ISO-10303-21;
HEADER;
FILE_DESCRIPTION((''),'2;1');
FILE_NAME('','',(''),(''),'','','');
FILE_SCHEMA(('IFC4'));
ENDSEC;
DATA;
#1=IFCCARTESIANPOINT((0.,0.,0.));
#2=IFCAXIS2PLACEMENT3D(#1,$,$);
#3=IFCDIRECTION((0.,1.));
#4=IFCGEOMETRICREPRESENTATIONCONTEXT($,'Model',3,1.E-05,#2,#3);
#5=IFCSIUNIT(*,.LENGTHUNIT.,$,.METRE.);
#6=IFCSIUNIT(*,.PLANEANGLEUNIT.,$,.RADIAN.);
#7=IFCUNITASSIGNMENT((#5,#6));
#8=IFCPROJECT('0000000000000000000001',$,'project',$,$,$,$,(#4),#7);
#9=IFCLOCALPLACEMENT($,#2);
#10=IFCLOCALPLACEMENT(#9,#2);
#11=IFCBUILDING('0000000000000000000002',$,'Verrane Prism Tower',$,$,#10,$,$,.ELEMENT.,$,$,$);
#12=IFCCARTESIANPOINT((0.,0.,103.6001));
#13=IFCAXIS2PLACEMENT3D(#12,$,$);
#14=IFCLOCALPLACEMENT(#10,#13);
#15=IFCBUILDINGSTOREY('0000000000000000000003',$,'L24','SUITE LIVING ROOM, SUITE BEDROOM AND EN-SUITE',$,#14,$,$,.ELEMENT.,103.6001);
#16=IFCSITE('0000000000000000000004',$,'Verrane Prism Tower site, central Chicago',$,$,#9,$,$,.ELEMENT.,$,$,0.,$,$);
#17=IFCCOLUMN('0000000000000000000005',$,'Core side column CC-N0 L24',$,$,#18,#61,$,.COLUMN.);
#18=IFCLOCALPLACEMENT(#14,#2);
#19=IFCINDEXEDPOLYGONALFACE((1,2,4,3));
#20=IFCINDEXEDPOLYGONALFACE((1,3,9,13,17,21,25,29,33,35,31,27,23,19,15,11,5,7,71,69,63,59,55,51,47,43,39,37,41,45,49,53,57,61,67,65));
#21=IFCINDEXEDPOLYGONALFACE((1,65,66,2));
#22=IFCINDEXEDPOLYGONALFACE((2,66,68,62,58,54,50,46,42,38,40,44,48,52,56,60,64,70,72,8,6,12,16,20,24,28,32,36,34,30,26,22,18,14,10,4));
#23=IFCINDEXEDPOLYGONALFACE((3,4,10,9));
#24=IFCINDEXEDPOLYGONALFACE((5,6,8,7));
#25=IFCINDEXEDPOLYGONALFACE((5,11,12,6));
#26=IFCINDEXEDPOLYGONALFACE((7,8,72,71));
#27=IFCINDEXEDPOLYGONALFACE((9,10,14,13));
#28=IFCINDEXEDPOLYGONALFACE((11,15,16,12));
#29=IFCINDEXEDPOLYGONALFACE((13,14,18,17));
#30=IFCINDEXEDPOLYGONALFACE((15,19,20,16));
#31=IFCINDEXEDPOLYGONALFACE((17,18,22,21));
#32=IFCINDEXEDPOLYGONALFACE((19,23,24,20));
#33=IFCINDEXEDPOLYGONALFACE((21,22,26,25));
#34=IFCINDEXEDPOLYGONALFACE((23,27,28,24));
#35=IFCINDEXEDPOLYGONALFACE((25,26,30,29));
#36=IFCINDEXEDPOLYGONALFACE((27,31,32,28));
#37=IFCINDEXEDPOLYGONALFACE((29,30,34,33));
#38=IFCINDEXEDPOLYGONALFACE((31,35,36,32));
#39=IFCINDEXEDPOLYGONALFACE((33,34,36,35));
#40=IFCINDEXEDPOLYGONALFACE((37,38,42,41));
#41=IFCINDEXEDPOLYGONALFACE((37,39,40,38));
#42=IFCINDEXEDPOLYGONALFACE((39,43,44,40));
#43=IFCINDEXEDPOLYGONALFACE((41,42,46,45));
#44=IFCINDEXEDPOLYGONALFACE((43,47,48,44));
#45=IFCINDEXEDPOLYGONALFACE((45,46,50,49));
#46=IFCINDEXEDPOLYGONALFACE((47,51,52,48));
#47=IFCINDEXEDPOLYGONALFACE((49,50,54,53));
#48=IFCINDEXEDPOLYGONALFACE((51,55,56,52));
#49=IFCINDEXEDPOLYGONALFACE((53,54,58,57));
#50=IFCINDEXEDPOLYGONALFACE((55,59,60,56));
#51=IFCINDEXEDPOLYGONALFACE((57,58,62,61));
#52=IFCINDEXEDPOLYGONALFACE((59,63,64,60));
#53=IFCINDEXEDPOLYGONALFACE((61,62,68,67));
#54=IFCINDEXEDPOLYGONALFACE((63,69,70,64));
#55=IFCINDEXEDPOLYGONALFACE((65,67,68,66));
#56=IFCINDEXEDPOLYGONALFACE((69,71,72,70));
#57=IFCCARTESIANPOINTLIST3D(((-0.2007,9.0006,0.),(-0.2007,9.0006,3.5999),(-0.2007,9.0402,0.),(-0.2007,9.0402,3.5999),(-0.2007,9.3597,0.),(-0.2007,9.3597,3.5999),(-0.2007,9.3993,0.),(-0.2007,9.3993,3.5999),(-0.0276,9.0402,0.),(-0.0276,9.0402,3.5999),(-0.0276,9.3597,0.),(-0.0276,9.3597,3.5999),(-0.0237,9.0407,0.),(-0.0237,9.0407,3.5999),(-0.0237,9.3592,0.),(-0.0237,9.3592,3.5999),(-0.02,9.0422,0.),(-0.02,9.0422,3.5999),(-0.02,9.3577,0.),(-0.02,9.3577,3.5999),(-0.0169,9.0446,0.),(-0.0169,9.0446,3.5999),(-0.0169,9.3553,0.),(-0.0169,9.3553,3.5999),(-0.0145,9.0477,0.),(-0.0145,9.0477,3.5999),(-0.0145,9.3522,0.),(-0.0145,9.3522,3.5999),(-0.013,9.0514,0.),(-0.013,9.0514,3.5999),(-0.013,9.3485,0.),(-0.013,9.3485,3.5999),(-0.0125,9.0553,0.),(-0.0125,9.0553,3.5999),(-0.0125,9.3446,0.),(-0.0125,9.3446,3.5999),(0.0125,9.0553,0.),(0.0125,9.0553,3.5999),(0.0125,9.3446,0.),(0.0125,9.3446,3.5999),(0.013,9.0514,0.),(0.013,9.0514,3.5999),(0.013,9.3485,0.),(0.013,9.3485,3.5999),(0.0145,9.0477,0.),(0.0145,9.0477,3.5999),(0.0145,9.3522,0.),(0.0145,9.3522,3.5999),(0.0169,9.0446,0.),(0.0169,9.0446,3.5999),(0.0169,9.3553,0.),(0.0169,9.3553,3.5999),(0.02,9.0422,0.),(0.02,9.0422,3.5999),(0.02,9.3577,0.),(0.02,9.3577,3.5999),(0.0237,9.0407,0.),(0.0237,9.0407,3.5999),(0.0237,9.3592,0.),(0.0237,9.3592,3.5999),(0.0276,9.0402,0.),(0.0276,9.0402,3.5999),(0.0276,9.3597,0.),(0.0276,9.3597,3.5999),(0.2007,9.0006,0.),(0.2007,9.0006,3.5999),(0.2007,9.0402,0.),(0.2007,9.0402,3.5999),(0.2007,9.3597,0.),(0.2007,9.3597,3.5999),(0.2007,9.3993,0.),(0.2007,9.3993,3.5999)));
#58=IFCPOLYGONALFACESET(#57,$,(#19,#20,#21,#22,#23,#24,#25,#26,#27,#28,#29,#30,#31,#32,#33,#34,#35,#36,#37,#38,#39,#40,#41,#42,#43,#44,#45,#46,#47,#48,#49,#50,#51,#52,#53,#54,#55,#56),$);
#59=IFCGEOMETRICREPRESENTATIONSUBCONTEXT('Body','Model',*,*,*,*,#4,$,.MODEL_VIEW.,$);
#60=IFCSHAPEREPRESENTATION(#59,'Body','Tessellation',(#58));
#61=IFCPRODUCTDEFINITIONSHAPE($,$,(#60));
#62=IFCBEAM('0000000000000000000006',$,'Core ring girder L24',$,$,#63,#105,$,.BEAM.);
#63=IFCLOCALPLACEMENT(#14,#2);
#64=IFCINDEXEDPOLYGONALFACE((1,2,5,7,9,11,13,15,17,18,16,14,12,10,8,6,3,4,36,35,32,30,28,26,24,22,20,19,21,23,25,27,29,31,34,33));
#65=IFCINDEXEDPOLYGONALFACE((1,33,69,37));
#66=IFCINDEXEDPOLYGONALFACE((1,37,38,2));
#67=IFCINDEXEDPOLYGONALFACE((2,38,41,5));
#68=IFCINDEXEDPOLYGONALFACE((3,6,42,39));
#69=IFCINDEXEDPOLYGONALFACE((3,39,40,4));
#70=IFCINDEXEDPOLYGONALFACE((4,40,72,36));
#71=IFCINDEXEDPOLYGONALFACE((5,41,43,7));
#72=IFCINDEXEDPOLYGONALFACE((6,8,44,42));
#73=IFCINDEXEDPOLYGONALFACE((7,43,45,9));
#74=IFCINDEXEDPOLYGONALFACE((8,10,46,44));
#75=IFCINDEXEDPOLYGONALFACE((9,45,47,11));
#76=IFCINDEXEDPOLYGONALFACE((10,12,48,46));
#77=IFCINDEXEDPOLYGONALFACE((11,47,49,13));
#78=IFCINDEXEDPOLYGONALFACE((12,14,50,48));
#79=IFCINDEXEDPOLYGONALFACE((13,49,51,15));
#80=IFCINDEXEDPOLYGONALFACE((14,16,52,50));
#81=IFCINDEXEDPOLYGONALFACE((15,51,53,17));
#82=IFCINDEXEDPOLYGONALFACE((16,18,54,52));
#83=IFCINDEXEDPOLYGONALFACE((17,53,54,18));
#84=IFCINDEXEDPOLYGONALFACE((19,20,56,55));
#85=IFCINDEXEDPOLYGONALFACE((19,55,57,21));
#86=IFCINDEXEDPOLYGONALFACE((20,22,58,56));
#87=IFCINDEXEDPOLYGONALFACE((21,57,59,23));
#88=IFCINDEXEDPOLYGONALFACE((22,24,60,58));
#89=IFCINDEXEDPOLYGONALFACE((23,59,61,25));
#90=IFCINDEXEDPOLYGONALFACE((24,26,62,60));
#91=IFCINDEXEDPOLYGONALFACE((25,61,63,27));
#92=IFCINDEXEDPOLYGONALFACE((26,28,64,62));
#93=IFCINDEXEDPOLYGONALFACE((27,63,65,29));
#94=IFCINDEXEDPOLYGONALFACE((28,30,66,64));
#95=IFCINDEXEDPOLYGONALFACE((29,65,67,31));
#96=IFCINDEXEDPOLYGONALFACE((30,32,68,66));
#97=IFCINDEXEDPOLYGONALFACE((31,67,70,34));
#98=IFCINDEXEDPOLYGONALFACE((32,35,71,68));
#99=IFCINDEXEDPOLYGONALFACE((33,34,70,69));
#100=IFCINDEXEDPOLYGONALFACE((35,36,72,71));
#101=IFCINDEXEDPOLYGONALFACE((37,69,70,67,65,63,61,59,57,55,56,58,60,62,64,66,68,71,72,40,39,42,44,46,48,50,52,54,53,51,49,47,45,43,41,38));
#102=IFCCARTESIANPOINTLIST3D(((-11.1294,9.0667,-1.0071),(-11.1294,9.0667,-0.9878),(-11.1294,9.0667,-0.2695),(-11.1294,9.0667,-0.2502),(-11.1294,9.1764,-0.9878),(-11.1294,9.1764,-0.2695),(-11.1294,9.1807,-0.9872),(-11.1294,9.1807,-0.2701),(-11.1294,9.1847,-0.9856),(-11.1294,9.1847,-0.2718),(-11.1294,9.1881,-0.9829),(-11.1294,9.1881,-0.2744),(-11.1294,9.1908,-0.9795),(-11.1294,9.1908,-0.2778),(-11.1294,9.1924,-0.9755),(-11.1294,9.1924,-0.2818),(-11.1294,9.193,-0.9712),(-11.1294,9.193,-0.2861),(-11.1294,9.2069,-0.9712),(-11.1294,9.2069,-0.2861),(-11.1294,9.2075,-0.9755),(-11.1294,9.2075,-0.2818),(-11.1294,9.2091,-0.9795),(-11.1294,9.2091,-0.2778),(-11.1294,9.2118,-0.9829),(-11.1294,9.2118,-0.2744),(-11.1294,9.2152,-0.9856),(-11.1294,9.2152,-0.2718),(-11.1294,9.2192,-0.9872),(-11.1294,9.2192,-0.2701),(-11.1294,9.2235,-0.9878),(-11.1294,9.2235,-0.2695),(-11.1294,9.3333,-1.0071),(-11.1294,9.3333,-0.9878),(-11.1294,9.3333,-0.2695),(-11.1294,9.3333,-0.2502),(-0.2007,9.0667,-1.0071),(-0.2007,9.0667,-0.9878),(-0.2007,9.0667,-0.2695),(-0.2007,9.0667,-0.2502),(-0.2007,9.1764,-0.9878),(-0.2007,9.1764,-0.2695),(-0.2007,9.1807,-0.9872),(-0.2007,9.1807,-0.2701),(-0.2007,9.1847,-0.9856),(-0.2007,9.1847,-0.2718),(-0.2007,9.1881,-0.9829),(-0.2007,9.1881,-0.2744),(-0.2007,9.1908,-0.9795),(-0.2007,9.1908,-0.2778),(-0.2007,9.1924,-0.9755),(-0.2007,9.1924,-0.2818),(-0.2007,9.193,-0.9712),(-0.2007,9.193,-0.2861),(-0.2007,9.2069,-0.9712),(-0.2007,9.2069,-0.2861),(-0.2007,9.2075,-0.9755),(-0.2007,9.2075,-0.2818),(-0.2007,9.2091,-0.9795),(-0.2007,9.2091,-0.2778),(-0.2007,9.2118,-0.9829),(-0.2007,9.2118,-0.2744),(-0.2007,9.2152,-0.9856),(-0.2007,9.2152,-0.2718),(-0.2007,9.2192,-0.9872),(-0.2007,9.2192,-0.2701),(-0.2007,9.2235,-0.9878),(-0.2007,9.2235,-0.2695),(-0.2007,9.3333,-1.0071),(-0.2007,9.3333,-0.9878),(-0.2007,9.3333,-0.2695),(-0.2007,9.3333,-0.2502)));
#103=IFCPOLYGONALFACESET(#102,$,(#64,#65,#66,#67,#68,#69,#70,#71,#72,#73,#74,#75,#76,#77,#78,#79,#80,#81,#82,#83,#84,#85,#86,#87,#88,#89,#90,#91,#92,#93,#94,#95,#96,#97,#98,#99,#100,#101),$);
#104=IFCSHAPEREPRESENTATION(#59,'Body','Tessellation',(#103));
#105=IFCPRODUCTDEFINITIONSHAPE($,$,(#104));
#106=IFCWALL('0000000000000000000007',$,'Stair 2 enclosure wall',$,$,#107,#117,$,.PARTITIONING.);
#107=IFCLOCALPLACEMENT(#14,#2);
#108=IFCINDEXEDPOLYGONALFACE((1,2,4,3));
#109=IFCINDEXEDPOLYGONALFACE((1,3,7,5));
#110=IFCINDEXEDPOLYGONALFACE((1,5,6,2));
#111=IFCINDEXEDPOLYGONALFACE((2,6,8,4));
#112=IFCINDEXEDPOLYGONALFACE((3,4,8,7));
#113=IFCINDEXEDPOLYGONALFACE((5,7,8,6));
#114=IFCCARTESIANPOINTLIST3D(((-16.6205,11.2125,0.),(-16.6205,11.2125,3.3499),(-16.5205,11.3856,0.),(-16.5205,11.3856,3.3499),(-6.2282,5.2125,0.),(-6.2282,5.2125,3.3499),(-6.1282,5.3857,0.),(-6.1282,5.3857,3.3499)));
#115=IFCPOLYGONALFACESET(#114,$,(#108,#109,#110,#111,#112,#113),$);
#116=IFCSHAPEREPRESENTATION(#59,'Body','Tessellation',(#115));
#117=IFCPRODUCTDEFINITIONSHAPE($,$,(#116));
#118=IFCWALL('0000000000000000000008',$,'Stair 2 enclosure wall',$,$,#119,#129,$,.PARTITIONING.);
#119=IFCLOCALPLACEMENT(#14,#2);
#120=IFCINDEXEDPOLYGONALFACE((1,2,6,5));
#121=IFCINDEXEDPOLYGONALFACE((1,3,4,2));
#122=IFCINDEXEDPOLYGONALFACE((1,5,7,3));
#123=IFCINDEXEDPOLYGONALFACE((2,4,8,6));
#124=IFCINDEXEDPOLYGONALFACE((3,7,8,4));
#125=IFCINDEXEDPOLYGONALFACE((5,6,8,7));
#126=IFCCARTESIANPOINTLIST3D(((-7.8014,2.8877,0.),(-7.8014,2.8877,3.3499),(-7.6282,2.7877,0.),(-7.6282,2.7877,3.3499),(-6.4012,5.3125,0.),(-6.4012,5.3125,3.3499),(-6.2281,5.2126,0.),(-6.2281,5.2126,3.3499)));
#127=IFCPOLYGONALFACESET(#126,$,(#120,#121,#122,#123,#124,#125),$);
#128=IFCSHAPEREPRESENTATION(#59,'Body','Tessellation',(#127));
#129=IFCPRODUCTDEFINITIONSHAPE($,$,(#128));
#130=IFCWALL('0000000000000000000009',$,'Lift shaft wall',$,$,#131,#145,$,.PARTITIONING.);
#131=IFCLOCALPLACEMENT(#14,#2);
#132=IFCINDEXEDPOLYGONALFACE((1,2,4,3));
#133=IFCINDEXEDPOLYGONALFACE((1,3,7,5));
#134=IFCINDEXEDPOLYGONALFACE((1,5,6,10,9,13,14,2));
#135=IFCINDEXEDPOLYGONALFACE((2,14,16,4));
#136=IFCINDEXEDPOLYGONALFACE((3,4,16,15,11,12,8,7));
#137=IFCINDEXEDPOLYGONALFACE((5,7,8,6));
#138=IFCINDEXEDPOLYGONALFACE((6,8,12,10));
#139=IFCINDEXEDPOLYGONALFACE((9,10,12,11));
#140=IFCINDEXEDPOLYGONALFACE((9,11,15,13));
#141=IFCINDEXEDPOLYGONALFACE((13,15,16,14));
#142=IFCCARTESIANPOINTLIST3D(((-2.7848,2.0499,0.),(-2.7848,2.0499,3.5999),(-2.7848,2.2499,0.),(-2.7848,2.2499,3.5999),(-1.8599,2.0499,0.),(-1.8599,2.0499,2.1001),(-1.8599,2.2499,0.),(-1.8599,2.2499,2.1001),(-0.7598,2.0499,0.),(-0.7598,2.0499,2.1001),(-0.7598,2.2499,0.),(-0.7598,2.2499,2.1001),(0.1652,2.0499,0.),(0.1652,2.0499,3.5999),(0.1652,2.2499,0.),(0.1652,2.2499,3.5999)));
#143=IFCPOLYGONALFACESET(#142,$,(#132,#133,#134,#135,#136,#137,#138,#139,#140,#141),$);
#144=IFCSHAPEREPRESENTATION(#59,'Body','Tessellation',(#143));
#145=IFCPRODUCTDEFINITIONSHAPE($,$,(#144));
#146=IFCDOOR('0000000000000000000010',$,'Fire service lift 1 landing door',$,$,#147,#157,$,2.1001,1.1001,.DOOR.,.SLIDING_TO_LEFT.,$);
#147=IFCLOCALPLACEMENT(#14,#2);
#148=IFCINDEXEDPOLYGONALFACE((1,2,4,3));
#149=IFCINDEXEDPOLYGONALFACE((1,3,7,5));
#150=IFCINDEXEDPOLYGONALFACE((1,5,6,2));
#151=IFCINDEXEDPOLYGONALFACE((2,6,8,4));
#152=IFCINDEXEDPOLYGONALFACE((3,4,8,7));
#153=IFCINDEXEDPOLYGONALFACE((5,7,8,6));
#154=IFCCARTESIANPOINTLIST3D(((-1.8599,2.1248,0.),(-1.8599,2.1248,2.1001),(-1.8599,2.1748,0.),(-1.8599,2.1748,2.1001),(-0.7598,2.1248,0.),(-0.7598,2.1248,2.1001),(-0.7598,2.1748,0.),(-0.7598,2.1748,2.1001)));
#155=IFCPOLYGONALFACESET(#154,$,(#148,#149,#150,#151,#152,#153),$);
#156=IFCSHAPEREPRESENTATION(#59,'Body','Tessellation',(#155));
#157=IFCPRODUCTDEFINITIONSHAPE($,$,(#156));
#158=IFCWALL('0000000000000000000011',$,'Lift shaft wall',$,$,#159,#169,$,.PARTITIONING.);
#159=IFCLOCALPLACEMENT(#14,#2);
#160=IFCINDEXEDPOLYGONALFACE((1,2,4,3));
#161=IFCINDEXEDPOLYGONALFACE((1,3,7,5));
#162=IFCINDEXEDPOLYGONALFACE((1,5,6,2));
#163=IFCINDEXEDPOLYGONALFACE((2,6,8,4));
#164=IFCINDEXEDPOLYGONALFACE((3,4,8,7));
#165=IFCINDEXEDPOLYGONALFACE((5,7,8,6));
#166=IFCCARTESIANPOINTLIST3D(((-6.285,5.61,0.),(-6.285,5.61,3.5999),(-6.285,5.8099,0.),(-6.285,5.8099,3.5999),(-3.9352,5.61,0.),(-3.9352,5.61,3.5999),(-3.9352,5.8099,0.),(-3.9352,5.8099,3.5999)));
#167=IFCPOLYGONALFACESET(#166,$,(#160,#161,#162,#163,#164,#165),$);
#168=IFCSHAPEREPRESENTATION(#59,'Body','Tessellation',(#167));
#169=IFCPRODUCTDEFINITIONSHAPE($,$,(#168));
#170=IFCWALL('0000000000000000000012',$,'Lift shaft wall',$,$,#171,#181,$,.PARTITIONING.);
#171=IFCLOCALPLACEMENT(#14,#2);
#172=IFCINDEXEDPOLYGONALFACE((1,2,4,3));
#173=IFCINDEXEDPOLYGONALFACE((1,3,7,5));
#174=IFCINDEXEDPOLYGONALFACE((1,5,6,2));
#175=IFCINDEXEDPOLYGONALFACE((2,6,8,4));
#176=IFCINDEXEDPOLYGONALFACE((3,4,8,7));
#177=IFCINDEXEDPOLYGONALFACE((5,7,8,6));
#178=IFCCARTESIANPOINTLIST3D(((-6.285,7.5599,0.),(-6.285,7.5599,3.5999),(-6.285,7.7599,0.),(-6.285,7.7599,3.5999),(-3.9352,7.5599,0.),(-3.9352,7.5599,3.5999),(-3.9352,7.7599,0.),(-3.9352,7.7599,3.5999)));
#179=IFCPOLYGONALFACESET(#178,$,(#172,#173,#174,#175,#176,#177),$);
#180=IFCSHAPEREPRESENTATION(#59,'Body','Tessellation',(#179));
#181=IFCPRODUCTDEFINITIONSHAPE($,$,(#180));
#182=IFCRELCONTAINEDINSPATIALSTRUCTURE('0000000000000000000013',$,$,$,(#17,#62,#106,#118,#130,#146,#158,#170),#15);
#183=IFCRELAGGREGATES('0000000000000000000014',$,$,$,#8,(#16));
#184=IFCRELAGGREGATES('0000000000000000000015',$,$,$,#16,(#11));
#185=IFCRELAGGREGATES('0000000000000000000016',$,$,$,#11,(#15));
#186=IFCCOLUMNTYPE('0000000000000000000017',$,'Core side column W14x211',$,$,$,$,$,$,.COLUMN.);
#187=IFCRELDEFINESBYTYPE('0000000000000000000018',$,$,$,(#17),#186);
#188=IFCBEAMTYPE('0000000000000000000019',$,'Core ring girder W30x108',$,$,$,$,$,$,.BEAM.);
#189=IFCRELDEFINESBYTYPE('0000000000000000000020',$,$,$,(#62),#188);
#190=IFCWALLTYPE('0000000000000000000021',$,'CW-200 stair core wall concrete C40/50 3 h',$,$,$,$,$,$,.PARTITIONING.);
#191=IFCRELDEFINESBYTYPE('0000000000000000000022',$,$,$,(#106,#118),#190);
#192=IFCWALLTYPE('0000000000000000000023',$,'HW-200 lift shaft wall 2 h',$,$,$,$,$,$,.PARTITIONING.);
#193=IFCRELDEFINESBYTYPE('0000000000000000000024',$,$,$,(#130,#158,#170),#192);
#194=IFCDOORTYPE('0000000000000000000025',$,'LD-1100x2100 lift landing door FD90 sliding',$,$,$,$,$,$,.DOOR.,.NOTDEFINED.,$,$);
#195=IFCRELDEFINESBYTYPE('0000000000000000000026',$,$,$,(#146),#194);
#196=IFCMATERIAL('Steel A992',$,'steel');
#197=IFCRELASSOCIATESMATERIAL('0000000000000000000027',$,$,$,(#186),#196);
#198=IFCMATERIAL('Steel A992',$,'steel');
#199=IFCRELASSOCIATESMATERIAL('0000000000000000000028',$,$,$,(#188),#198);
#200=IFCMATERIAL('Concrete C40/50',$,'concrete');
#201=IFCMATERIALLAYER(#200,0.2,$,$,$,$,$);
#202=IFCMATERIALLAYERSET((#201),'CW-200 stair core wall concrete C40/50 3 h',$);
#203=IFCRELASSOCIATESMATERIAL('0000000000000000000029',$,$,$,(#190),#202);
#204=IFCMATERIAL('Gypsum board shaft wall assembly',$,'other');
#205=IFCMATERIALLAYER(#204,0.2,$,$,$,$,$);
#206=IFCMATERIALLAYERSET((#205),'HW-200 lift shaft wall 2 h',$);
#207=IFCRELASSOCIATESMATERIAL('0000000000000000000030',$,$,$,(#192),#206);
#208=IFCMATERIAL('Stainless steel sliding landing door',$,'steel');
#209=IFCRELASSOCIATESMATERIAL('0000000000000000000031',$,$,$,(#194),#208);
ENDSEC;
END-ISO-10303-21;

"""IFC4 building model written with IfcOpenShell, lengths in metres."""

from ifc_helpers import new_model, si_unit, direction, frame, frame_2d, origin, origin_2d, place, context, subcontext, project, spatial, rectangle, i_section, extrude, material, layer, layer_set, material_profile, profile_set, type_object, element, fill, save


model = new_model("IFC4")

# Units and contexts
model_context = context("Model", 3, precision=1e-05, world=origin(), true_north=direction((0.0, 1.0)))
body_context = subcontext(model_context, "Body", "Model", "MODEL_VIEW")
ifc_project = project(units=[si_unit("LENGTHUNIT", "METRE"), si_unit("PLANEANGLEUNIT", "RADIAN")], contexts=[model_context])

# Site, building, storey
site_placement = place(None, origin())
site = spatial("IfcSite", under=ifc_project, at=site_placement, Name="Verrane Prism Tower site, central Chicago", CompositionType="ELEMENT", RefElevation=0.0)
building_placement = place(site_placement, origin())
building = spatial("IfcBuilding", under=site, at=building_placement, Name="Verrane Prism Tower", CompositionType="ELEMENT")
storey_placement = place(building_placement, frame((0.0, 0.0, 103.6001)))
storey = spatial("IfcBuildingStorey", under=building, at=storey_placement, Name="L24", Description="SUITE LIVING ROOM, SUITE BEDROOM AND EN-SUITE", CompositionType="ELEMENT", Elevation=103.6001)

# Column
ifc_material_1 = material(Name="Steel A992", Category="steel")
ifc_material_profile_1 = material_profile(ifc_material_1, i_section(OverallWidth=0.4014, OverallDepth=0.3987, WebThickness=0.0249, FlangeThickness=0.0396, FilletRadius=0.0151, at=origin_2d()), Name="W14x211")
ifc_profile_set_1 = profile_set([ifc_material_profile_1], Name="Steel A992")
column_type = type_object("IfcColumnType", Name="Core side column W14x211", PredefinedType="COLUMN", material=ifc_profile_set_1)
column_placement = place(storey_placement, frame((0.0, 9.2, 0.0), z_axis=(0.0, 0.0, 1.0), x_axis=(1.0, 0.0, 0.0)))
element("IfcColumn", 1, at=column_placement, inside=storey, type_object=column_type, Name="Core side column CC-N0 L24", PredefinedType="COLUMN", context=body_context, shape_type="SweptSolid", body=[
    extrude(i_section(OverallWidth=0.4014, OverallDepth=0.3987, WebThickness=0.0249, FlangeThickness=0.0396, FilletRadius=0.0151, at=origin_2d()), origin(), (0.0, 0.0, 1.0), 3.5999),
])

# Beam
ifc_material_2 = material(Name="Steel A992", Category="steel")
ifc_material_profile_2 = material_profile(ifc_material_2, i_section(OverallWidth=0.2666, OverallDepth=0.7568, WebThickness=0.0139, FlangeThickness=0.0193, FilletRadius=0.0166, at=origin_2d()), Name="W30x108")
ifc_profile_set_2 = profile_set([ifc_material_profile_2], Name="Steel A992")
beam_type = type_object("IfcBeamType", Name="Core ring girder W30x108", PredefinedType="BEAM", material=ifc_profile_set_2)
beam_placement = place(storey_placement, frame((-0.2007, 9.2, -0.6287), z_axis=(-1.0, 0.0, 0.0), x_axis=(0.0, -1.0, 0.0)))
element("IfcBeam", 2, at=beam_placement, inside=storey, type_object=beam_type, Name="Core ring girder L24", PredefinedType="BEAM", context=body_context, shape_type="SweptSolid", body=[
    extrude(i_section(OverallWidth=0.2666, OverallDepth=0.7568, WebThickness=0.0139, FlangeThickness=0.0193, FilletRadius=0.0166, at=origin_2d()), origin(), (0.0, 0.0, 1.0), 10.9287),
])

# Walls
ifc_material_3 = material(Name="Concrete C40/50", Category="concrete")
ifc_layer_1 = layer(ifc_material_3, 0.2)
ifc_layer_set_1 = layer_set([ifc_layer_1], Name="CW-200 stair core wall concrete C40/50 3 h")
wall_type_1 = type_object("IfcWallType", Name="CW-200 stair core wall concrete C40/50 3 h", PredefinedType="PARTITIONING", material=ifc_layer_set_1)
wall_1_placement = place(storey_placement, frame((-6.1782, 5.2991, 0.0), z_axis=(0.0, 0.0, 1.0), x_axis=(-0.866026, 0.499999, 0.0)))
element("IfcWall", 3, at=wall_1_placement, inside=storey, type_object=wall_type_1, Name="Stair 2 enclosure wall", PredefinedType="PARTITIONING", context=body_context, shape_type="SweptSolid", body=[
    extrude(rectangle(XDim=12.0, YDim=0.2, at=frame_2d((6.0, 0.0))), origin(), (0.0, 0.0, 1.0), 3.3499),
])
wall_2_placement = place(storey_placement, frame((-6.3147, 5.2625, 0.0), z_axis=(0.0, 0.0, 1.0), x_axis=(-0.50005, -0.865997, 0.0)))
element("IfcWall", 4, at=wall_2_placement, inside=storey, type_object=wall_type_1, Name="Stair 2 enclosure wall", PredefinedType="PARTITIONING", context=body_context, shape_type="SweptSolid", body=[
    extrude(rectangle(XDim=2.8, YDim=0.2, at=frame_2d((1.3999, 0.0))), origin(), (0.0, 0.0, 1.0), 3.3499),
])

# Wall, opening, door
ifc_material_4 = material(Name="Gypsum board shaft wall assembly", Category="other")
ifc_layer_2 = layer(ifc_material_4, 0.2)
ifc_layer_set_2 = layer_set([ifc_layer_2], Name="HW-200 lift shaft wall 2 h")
wall_type_2 = type_object("IfcWallType", Name="HW-200 lift shaft wall 2 h", PredefinedType="PARTITIONING", material=ifc_layer_set_2)
wall_3_placement = place(storey_placement, frame((-2.7849, 2.1499, 0.0), z_axis=(0.0, 0.0, 1.0), x_axis=(1.0, 0.0, 0.0)))
wall_3 = element("IfcWall", 5, at=wall_3_placement, inside=storey, type_object=wall_type_2, Name="Lift shaft wall", PredefinedType="PARTITIONING", context=body_context, shape_type="SweptSolid", body=[
    extrude(rectangle(XDim=2.95, YDim=0.2, at=frame_2d((1.4751, 0.0))), origin(), (0.0, 0.0, 1.0), 3.5999),
])
opening_1_placement = place(wall_3_placement, frame((0.925, 0.0, 0.0)))
opening_1 = element("IfcOpeningElement", 6, at=opening_1_placement, cuts=wall_3, PredefinedType="OPENING", context=body_context, shape_type="SweptSolid", body=[
    extrude(rectangle(XDim=1.1001, YDim=2.1001, at=frame_2d((0.55, 1.05))), frame((0.0, 0.1099, 0.0), z_axis=(0.0, -1.0, 0.0), x_axis=(1.0, 0.0, 0.0)), (0.0, 0.0, 1.0), 0.22),
])
ifc_material_5 = material(Name="Stainless steel sliding landing door", Category="steel")
door_type_1 = type_object("IfcDoorType", Name="LD-1100x2100 lift landing door FD90 sliding", OperationType="NOTDEFINED", PredefinedType="DOOR", material=ifc_material_5)
door_1_placement = place(opening_1_placement, origin())
door_1 = element("IfcDoor", 7, at=door_1_placement, inside=storey, type_object=door_type_1, Name="Fire service lift 1 landing door", OperationType="SLIDING_TO_LEFT", OverallHeight=2.1001, OverallWidth=1.1001, PredefinedType="DOOR", context=body_context, shape_type="SweptSolid", body=[
    extrude(rectangle(XDim=1.1001, YDim=2.1001, at=frame_2d((0.55, 1.05))), frame((0.0, 0.0249, 0.0), z_axis=(0.0, -1.0, 0.0), x_axis=(1.0, 0.0, 0.0)), (0.0, 0.0, 1.0), 0.05),
])
fill(opening_1, door_1)

# Walls
for number, where, z_axis, x_axis, name in (
    (8, (-6.2849, 5.71, 0.0), (0.0, 0.0, 1.0), (1.0, 0.0, 0.0), "Lift shaft wall"),
    (9, (-6.2849, 7.6599, 0.0), (0.0, 0.0, 1.0), (1.0, 0.0, 0.0), "Lift shaft wall"),
):
    element("IfcWall", number, at=place(storey_placement, frame(where, z_axis=z_axis, x_axis=x_axis)), inside=storey, type_object=wall_type_2, Name=name, PredefinedType="PARTITIONING", context=body_context, shape_type="SweptSolid", body=[
        extrude(rectangle(XDim=2.3499, YDim=0.2, at=frame_2d((1.1748, 0.0))), origin(), (0.0, 0.0, 1.0), 3.5999),
    ])

save(model, "model.ifc")
